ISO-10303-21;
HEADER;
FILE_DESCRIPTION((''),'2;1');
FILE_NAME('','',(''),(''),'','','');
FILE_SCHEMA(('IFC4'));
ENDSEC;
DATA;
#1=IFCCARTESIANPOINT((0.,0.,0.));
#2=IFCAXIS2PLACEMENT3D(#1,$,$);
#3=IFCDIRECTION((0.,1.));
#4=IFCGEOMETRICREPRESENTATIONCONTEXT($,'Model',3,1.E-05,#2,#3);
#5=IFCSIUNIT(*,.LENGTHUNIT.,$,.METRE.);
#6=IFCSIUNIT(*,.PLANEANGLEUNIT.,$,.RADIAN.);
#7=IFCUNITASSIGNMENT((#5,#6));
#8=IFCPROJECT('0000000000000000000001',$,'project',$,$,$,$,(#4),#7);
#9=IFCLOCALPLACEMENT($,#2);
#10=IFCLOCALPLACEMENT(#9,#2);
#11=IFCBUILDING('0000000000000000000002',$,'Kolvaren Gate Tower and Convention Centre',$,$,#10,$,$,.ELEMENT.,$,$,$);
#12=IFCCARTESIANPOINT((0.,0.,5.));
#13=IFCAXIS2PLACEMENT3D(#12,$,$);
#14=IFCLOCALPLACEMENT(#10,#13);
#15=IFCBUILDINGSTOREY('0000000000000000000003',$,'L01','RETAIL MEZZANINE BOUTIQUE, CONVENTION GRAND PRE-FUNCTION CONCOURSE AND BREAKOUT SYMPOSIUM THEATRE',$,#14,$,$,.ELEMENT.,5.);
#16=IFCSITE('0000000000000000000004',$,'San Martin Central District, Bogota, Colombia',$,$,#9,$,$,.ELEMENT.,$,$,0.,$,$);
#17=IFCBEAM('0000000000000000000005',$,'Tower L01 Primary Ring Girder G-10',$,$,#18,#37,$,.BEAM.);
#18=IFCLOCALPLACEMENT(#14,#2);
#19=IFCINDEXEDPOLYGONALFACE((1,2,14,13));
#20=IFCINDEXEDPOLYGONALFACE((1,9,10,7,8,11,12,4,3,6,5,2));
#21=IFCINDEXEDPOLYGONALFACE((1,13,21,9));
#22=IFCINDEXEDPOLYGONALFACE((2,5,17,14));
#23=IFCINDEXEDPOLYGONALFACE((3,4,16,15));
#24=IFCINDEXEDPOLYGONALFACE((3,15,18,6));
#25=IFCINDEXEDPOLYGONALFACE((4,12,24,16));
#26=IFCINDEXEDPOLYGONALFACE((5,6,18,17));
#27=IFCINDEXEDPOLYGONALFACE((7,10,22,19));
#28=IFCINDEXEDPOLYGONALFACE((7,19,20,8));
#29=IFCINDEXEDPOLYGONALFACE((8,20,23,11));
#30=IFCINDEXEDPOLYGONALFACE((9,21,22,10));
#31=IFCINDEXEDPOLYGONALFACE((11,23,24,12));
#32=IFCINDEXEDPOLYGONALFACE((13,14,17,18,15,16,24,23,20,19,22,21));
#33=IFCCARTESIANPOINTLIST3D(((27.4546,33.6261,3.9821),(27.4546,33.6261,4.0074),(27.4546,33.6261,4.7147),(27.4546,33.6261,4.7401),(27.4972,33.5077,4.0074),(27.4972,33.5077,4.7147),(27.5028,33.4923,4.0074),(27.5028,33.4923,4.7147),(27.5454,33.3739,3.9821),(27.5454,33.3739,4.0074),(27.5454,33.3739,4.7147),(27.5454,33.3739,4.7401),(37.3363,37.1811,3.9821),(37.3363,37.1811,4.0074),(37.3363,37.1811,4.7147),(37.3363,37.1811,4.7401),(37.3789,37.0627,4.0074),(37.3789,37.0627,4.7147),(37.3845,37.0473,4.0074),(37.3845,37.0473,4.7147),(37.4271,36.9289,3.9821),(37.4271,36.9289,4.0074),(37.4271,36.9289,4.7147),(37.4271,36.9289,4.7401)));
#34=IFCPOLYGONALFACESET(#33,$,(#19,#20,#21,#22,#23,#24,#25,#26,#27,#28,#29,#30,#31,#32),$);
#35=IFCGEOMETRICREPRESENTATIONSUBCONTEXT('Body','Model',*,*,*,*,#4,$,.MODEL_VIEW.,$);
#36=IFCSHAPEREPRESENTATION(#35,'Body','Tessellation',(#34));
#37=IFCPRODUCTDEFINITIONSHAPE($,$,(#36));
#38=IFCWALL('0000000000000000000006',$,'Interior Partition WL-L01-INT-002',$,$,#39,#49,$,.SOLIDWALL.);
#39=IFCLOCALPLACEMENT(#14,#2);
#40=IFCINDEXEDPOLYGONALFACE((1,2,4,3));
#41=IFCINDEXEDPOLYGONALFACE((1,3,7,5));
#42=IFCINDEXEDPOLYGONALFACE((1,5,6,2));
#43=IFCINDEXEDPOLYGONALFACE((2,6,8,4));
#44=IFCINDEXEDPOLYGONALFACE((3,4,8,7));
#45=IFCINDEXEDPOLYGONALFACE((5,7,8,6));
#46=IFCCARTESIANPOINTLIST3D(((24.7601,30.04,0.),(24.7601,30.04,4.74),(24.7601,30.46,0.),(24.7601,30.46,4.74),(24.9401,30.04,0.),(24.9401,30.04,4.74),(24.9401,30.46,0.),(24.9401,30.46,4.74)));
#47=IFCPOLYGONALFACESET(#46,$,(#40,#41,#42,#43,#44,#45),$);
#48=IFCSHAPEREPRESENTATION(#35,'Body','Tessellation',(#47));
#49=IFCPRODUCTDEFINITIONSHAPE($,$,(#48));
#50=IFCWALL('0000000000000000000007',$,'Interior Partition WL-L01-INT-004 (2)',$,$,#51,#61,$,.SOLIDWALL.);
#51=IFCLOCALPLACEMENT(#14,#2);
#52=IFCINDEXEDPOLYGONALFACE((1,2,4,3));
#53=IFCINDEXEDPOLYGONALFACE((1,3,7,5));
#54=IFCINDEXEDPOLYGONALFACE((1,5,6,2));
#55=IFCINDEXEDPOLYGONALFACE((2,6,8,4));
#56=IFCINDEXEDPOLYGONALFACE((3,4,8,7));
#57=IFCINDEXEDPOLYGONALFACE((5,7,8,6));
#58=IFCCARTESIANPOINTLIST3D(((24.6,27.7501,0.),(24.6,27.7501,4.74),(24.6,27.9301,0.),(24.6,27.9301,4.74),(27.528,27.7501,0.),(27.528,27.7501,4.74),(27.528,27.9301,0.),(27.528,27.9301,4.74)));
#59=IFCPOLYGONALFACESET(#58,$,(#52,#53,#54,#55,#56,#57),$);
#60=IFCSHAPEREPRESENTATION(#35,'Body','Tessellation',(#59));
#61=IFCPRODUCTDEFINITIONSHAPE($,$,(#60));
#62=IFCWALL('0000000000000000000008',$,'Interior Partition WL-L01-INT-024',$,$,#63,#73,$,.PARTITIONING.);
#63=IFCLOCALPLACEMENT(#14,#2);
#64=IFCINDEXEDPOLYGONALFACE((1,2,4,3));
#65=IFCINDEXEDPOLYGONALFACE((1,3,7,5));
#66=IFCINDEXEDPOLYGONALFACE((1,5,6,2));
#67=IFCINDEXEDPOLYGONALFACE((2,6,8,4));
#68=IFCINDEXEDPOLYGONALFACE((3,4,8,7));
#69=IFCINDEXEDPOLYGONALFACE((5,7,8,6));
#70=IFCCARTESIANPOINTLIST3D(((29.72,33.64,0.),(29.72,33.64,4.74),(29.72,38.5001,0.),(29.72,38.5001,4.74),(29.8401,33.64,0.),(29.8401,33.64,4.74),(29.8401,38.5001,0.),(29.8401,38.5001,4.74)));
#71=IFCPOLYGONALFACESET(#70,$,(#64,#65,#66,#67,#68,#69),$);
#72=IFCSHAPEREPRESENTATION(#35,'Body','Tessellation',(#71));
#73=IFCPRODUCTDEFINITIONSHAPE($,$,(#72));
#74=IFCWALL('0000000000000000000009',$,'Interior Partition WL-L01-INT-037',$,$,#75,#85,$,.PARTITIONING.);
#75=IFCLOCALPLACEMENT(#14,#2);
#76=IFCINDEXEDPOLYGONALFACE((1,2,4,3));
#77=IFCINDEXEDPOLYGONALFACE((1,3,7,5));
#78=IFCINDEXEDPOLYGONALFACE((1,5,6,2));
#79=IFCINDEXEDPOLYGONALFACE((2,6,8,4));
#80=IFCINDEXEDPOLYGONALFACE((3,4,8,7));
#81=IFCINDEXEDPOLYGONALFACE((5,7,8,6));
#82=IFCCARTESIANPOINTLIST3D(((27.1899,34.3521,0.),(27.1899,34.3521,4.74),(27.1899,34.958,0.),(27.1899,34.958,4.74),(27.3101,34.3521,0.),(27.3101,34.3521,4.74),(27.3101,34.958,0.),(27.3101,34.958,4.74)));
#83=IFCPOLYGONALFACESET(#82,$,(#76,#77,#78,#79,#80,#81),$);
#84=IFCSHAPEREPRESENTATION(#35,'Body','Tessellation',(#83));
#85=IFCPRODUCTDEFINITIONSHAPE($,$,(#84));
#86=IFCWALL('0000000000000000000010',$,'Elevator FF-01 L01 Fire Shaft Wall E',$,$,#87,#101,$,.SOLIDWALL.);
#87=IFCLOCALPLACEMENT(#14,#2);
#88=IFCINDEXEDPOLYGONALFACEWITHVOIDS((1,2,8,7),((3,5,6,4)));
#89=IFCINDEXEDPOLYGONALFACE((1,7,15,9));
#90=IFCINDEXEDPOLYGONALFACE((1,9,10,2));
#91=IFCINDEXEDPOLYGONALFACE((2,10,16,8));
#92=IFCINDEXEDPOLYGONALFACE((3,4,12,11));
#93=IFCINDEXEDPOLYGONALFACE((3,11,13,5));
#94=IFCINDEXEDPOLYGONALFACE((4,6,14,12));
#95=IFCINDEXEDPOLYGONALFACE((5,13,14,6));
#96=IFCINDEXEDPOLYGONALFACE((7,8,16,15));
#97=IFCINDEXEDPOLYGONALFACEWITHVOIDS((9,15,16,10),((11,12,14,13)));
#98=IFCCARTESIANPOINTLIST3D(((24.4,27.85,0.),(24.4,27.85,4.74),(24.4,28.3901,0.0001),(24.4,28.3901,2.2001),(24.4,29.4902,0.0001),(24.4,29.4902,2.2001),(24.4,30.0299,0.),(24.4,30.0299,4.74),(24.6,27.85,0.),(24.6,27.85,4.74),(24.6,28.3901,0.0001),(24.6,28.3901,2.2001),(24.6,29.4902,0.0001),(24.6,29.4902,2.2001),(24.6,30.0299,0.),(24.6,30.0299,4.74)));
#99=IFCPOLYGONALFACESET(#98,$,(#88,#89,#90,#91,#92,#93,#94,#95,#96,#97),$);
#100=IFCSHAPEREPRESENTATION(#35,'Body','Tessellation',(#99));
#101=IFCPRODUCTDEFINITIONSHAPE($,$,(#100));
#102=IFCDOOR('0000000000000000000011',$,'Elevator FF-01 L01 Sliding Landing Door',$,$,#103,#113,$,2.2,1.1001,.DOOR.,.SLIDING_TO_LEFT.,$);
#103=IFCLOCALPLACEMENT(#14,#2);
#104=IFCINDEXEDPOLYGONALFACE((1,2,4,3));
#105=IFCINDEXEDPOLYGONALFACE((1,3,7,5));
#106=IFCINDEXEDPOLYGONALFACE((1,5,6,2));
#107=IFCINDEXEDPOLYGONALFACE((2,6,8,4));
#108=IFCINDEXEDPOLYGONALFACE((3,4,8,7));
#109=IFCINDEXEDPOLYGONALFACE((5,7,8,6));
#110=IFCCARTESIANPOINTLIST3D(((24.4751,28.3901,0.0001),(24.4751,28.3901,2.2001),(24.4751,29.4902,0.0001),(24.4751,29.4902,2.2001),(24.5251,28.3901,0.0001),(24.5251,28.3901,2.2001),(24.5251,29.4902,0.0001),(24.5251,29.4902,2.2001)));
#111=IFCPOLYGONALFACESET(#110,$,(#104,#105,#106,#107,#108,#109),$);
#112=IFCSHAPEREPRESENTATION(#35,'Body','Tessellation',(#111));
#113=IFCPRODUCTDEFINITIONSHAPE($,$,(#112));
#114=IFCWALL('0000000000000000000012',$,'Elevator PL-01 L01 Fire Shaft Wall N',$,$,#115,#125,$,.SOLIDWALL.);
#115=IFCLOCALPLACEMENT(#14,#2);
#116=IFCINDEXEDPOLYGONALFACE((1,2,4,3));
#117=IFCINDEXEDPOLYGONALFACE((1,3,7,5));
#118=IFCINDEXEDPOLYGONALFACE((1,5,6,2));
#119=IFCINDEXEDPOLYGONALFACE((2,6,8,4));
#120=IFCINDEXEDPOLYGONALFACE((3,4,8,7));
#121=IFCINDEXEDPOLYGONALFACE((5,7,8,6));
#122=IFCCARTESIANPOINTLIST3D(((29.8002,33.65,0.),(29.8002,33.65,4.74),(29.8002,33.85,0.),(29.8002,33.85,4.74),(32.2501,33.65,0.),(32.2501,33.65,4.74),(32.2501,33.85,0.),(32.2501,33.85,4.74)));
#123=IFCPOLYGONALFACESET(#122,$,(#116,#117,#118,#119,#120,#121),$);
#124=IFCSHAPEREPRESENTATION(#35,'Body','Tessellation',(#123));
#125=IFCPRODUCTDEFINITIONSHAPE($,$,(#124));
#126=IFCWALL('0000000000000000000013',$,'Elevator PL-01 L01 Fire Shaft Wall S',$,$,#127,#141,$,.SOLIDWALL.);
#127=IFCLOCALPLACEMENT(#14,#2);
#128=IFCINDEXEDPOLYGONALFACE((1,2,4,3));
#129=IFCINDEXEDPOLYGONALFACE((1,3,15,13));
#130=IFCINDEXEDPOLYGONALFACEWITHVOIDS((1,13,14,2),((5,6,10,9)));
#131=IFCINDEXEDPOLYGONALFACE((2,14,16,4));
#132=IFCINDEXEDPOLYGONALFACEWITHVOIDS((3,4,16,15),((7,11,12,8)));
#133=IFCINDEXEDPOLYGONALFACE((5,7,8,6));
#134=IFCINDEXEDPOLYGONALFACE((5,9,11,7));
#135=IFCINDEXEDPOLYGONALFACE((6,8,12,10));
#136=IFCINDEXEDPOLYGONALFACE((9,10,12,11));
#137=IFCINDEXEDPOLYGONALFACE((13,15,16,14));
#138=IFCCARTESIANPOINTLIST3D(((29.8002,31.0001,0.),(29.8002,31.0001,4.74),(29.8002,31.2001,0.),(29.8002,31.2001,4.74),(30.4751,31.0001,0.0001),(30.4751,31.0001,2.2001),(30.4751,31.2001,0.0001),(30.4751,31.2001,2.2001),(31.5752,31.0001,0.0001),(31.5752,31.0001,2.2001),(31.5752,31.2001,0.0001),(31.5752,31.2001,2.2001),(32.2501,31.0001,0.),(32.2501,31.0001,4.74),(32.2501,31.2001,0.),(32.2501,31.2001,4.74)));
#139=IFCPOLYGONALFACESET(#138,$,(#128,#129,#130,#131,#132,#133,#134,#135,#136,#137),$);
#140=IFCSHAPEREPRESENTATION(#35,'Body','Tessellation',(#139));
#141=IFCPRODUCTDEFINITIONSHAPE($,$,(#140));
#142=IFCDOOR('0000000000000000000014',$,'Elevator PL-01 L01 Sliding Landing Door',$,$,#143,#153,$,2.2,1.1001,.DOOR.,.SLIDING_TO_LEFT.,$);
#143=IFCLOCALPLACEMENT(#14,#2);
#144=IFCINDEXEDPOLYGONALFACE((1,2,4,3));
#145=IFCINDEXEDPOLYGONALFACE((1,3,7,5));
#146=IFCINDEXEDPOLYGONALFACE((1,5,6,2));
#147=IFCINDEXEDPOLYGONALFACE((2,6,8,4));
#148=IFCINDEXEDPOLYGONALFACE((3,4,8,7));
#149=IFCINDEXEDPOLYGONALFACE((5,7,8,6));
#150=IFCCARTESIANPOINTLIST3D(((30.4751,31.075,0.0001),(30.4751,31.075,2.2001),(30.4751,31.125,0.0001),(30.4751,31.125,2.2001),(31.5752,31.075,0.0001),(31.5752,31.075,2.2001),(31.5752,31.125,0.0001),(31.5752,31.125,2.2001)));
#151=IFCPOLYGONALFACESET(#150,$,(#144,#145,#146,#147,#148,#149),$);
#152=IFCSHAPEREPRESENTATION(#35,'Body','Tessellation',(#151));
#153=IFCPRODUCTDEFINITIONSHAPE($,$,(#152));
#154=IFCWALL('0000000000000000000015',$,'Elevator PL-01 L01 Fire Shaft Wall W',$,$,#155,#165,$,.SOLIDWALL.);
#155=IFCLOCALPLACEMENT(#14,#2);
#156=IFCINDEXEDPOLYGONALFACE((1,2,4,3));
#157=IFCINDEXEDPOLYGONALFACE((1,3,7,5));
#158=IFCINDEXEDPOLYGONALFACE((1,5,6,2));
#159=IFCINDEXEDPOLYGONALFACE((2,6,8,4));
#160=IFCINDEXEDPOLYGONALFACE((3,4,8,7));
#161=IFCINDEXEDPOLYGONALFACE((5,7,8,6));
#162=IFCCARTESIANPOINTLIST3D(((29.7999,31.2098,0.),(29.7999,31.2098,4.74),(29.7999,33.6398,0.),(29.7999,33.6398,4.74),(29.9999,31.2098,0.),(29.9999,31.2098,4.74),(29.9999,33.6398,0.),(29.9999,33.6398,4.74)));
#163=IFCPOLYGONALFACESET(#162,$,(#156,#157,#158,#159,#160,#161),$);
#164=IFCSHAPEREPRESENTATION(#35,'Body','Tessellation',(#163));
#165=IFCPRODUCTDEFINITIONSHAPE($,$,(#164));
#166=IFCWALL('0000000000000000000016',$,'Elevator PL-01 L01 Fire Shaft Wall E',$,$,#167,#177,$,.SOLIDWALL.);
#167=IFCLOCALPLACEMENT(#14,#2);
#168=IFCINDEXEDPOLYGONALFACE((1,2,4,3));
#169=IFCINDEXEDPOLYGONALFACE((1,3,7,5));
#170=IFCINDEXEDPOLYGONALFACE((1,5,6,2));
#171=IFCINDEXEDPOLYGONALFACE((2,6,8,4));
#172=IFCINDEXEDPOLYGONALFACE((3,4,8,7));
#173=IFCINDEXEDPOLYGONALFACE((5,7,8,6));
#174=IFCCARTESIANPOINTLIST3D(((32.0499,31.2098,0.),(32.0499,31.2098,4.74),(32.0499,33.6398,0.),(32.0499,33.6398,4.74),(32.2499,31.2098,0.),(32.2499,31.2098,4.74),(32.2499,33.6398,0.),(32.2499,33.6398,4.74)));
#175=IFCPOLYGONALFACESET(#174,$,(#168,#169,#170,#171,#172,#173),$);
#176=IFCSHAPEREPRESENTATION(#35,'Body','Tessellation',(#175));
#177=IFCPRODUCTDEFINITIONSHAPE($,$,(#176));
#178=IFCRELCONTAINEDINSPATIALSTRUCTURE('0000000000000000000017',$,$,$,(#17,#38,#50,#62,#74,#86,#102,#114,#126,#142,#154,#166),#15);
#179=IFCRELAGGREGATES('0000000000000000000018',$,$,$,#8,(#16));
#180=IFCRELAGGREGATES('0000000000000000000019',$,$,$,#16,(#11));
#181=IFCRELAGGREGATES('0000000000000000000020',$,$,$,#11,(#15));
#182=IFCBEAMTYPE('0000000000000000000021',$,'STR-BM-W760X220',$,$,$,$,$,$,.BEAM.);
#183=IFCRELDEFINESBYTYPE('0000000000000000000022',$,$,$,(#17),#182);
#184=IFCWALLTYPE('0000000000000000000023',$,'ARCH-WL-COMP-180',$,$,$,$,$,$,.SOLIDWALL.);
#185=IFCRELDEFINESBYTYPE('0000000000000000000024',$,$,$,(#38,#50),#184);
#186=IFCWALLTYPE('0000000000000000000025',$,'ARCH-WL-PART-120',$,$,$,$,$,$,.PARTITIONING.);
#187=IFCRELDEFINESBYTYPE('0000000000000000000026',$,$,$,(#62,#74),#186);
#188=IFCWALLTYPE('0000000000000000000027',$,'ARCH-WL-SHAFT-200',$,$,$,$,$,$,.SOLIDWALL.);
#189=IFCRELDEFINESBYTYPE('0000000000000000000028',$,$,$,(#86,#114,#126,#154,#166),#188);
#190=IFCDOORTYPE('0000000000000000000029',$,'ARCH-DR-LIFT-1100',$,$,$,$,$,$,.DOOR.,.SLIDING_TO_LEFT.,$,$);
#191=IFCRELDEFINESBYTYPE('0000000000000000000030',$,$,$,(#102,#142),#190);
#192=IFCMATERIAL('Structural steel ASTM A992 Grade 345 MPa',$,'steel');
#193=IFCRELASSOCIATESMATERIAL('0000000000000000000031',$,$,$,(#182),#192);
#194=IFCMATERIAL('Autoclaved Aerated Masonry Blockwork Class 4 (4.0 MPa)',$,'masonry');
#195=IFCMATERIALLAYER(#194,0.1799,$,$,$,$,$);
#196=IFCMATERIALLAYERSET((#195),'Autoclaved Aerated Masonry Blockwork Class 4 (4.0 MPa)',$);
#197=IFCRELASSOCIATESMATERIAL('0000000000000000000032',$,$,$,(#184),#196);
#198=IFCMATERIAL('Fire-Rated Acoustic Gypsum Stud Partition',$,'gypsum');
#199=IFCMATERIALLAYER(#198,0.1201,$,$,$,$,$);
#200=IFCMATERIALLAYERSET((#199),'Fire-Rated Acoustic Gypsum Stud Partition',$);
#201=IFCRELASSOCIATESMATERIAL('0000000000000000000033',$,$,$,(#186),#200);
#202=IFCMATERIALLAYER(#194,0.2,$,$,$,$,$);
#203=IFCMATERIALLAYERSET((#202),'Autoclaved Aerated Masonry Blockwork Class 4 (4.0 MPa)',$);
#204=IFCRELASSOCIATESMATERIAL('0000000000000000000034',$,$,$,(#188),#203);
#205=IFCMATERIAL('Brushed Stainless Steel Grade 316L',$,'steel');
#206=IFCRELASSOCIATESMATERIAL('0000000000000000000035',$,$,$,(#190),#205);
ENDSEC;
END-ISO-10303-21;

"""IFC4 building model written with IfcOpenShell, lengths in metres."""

from ifc_helpers import new_model, si_unit, direction, frame, frame_2d, origin, origin_2d, place, context, subcontext, project, spatial, rectangle, i_section, extrude, material, layer, layer_set, material_profile, profile_set, type_object, element, fill, save


model = new_model("IFC4")

# Units and contexts
model_context = context("Model", 3, precision=1e-05, world=origin(), true_north=direction((0.0, 1.0)))
body_context = subcontext(model_context, "Body", "Model", "MODEL_VIEW")
ifc_project = project(units=[si_unit("LENGTHUNIT", "METRE"), si_unit("PLANEANGLEUNIT", "RADIAN")], contexts=[model_context])

# Site, building, storey
site_placement = place(None, origin())
site = spatial("IfcSite", under=ifc_project, at=site_placement, Name="San Martin Central District, Bogota, Colombia", CompositionType="ELEMENT", RefElevation=0.0)
building_placement = place(site_placement, origin())
building = spatial("IfcBuilding", under=site, at=building_placement, Name="Kolvaren Gate Tower and Convention Centre", CompositionType="ELEMENT")
storey_placement = place(building_placement, frame((0.0, 0.0, 5.0)))
storey = spatial("IfcBuildingStorey", under=building, at=storey_placement, Name="L01", Description="RETAIL MEZZANINE BOUTIQUE, CONVENTION GRAND PRE-FUNCTION CONCOURSE AND BREAKOUT SYMPOSIUM THEATRE", CompositionType="ELEMENT", Elevation=5.0)

# Beam
ifc_material_1 = material(Name="Structural steel ASTM A992 Grade 345 MPa", Category="steel")
ifc_material_profile = material_profile(ifc_material_1, i_section(OverallWidth=0.2681, OverallDepth=0.7581, WebThickness=0.0164, FlangeThickness=0.0254, at=origin_2d()), Name="W760X220")
ifc_profile_set = profile_set([ifc_material_profile], Name="Structural steel ASTM A992 Grade 345 MPa")
beam_type = type_object("IfcBeamType", Name="STR-BM-W760X220", PredefinedType="BEAM", material=ifc_profile_set)
beam_placement = place(storey_placement, frame((27.5, 33.5, 4.3611), z_axis=(0.940961, 0.338514, 0.0), x_axis=(-0.338514, 0.940961, 0.0)))
element("IfcBeam", 1, at=beam_placement, inside=storey, type_object=beam_type, Name="Tower L01 Primary Ring Girder G-10", PredefinedType="BEAM", context=body_context, shape_type="SweptSolid", body=[
    extrude(i_section(OverallWidth=0.2681, OverallDepth=0.7581, WebThickness=0.0164, FlangeThickness=0.0254, at=origin_2d()), origin(), (0.0, 0.0, 1.0), 10.5017),
])

# Walls
ifc_material_2 = material(Name="Autoclaved Aerated Masonry Blockwork Class 4 (4.0 MPa)", Category="masonry")
ifc_layer_1 = layer(ifc_material_2, 0.1799)
ifc_layer_set_1 = layer_set([ifc_layer_1], Name="Autoclaved Aerated Masonry Blockwork Class 4 (4.0 MPa)")
wall_type_1 = type_object("IfcWallType", Name="ARCH-WL-COMP-180", PredefinedType="SOLIDWALL", material=ifc_layer_set_1)
wall_1_placement = place(storey_placement, frame((24.8501, 30.04, 0.0), z_axis=(0.0, 0.0, 1.0), x_axis=(0.0, 1.0, 0.0)))
element("IfcWall", 2, at=wall_1_placement, inside=storey, type_object=wall_type_1, Name="Interior Partition WL-L01-INT-002", PredefinedType="SOLIDWALL", context=body_context, shape_type="SweptSolid", body=[
    extrude(rectangle(XDim=0.4199, YDim=0.1799, at=frame_2d((0.21, 0.0))), origin(), (0.0, 0.0, 1.0), 4.74),
])
wall_2_placement = place(storey_placement, frame((24.6001, 27.8401, 0.0), z_axis=(0.0, 0.0, 1.0), x_axis=(1.0, 0.0, 0.0)))
element("IfcWall", 3, at=wall_2_placement, inside=storey, type_object=wall_type_1, Name="Interior Partition WL-L01-INT-004 (2)", PredefinedType="SOLIDWALL", context=body_context, shape_type="SweptSolid", body=[
    extrude(rectangle(XDim=2.928, YDim=0.1799, at=frame_2d((1.4639, 0.0))), origin(), (0.0, 0.0, 1.0), 4.74),
])
ifc_material_3 = material(Name="Fire-Rated Acoustic Gypsum Stud Partition", Category="gypsum")
ifc_layer_2 = layer(ifc_material_3, 0.1201)
ifc_layer_set_2 = layer_set([ifc_layer_2], Name="Fire-Rated Acoustic Gypsum Stud Partition")
wall_type_2 = type_object("IfcWallType", Name="ARCH-WL-PART-120", PredefinedType="PARTITIONING", material=ifc_layer_set_2)
wall_3_placement = place(storey_placement, frame((29.78, 33.6399, 0.0), z_axis=(0.0, 0.0, 1.0), x_axis=(0.0, 1.0, 0.0)))
element("IfcWall", 4, at=wall_3_placement, inside=storey, type_object=wall_type_2, Name="Interior Partition WL-L01-INT-024", PredefinedType="PARTITIONING", context=body_context, shape_type="SweptSolid", body=[
    extrude(rectangle(XDim=4.8601, YDim=0.1201, at=frame_2d((2.4302, 0.0))), origin(), (0.0, 0.0, 1.0), 4.74),
])
wall_4_placement = place(storey_placement, frame((27.25, 34.3521, 0.0), z_axis=(0.0, 0.0, 1.0), x_axis=(0.0, 1.0, 0.0)))
element("IfcWall", 5, at=wall_4_placement, inside=storey, type_object=wall_type_2, Name="Interior Partition WL-L01-INT-037", PredefinedType="PARTITIONING", context=body_context, shape_type="SweptSolid", body=[
    extrude(rectangle(XDim=0.606, YDim=0.1201, at=frame_2d((0.303, 0.0))), origin(), (0.0, 0.0, 1.0), 4.74),
])

# Wall, opening, door
ifc_layer_3 = layer(ifc_material_2, 0.2)
ifc_layer_set_3 = layer_set([ifc_layer_3], Name="Autoclaved Aerated Masonry Blockwork Class 4 (4.0 MPa)")
wall_type_3 = type_object("IfcWallType", Name="ARCH-WL-SHAFT-200", PredefinedType="SOLIDWALL", material=ifc_layer_set_3)
wall_5_placement = place(storey_placement, frame((24.5, 27.8501, 0.0), z_axis=(0.0, 0.0, 1.0), x_axis=(0.0, 1.0, 0.0)))
wall_5 = element("IfcWall", 6, at=wall_5_placement, inside=storey, type_object=wall_type_3, Name="Elevator FF-01 L01 Fire Shaft Wall E", PredefinedType="SOLIDWALL", context=body_context, shape_type="SweptSolid", body=[
    extrude(rectangle(XDim=2.1799, YDim=0.2, at=frame_2d((1.0898, 0.0))), origin(), (0.0, 0.0, 1.0), 4.74),
])
opening_1_placement = place(wall_5_placement, frame((0.54, 0.0, 0.0)))
opening_1 = element("IfcOpeningElement", 7, at=opening_1_placement, cuts=wall_5, PredefinedType="OPENING", context=body_context, shape_type="SweptSolid", body=[
    extrude(rectangle(XDim=1.1001, YDim=2.2, at=frame_2d((0.55, 1.1001))), frame((0.0, 0.1099, 0.0), z_axis=(0.0, -1.0, 0.0), x_axis=(1.0, 0.0, 0.0)), (0.0, 0.0, 1.0), 0.22),
])
ifc_material_4 = material(Name="Brushed Stainless Steel Grade 316L", Category="steel")
door_type_1 = type_object("IfcDoorType", Name="ARCH-DR-LIFT-1100", OperationType="SLIDING_TO_LEFT", PredefinedType="DOOR", material=ifc_material_4)
door_1_placement = place(opening_1_placement, origin())
door_1 = element("IfcDoor", 8, at=door_1_placement, inside=storey, type_object=door_type_1, Name="Elevator FF-01 L01 Sliding Landing Door", OperationType="SLIDING_TO_LEFT", OverallHeight=2.2, OverallWidth=1.1001, PredefinedType="DOOR", context=body_context, shape_type="SweptSolid", body=[
    extrude(rectangle(XDim=1.1001, YDim=2.2, at=frame_2d((0.55, 1.1001))), frame((0.0, 0.0249, 0.0), z_axis=(0.0, -1.0, 0.0), x_axis=(1.0, 0.0, 0.0)), (0.0, 0.0, 1.0), 0.05),
])
fill(opening_1, door_1)

# Wall
wall_6_placement = place(storey_placement, frame((29.8, 33.75, 0.0), z_axis=(0.0, 0.0, 1.0), x_axis=(1.0, 0.0, 0.0)))
element("IfcWall", 9, at=wall_6_placement, inside=storey, type_object=wall_type_3, Name="Elevator PL-01 L01 Fire Shaft Wall N", PredefinedType="SOLIDWALL", context=body_context, shape_type="SweptSolid", body=[
    extrude(rectangle(XDim=2.45, YDim=0.2, at=frame_2d((1.2251, 0.0))), origin(), (0.0, 0.0, 1.0), 4.74),
])

# Wall, opening, door
wall_7_placement = place(storey_placement, frame((29.8, 31.1001, 0.0), z_axis=(0.0, 0.0, 1.0), x_axis=(1.0, 0.0, 0.0)))
wall_7 = element("IfcWall", 10, at=wall_7_placement, inside=storey, type_object=wall_type_3, Name="Elevator PL-01 L01 Fire Shaft Wall S", PredefinedType="SOLIDWALL", context=body_context, shape_type="SweptSolid", body=[
    extrude(rectangle(XDim=2.45, YDim=0.2, at=frame_2d((1.2251, 0.0))), origin(), (0.0, 0.0, 1.0), 4.74),
])
opening_2_placement = place(wall_7_placement, frame((0.675, 0.0, 0.0)))
opening_2 = element("IfcOpeningElement", 11, at=opening_2_placement, cuts=wall_7, PredefinedType="OPENING", context=body_context, shape_type="SweptSolid", body=[
    extrude(rectangle(XDim=1.1001, YDim=2.2, at=frame_2d((0.55, 1.1001))), frame((0.0, 0.1099, 0.0), z_axis=(0.0, -1.0, 0.0), x_axis=(1.0, 0.0, 0.0)), (0.0, 0.0, 1.0), 0.22),
])
door_2_placement = place(opening_2_placement, origin())
door_2 = element("IfcDoor", 12, at=door_2_placement, inside=storey, type_object=door_type_1, Name="Elevator PL-01 L01 Sliding Landing Door", OperationType="SLIDING_TO_LEFT", OverallHeight=2.2, OverallWidth=1.1001, PredefinedType="DOOR", context=body_context, shape_type="SweptSolid", body=[
    extrude(rectangle(XDim=1.1001, YDim=2.2, at=frame_2d((0.55, 1.1001))), frame((0.0, 0.0249, 0.0), z_axis=(0.0, -1.0, 0.0), x_axis=(1.0, 0.0, 0.0)), (0.0, 0.0, 1.0), 0.05),
])
fill(opening_2, door_2)

# Walls
for number, where, z_axis, x_axis, name in (
    (13, (29.8999, 31.21, 0.0), (0.0, 0.0, 1.0), (0.0, 1.0, 0.0), "Elevator PL-01 L01 Fire Shaft Wall W"),
    (14, (32.1499, 31.21, 0.0), (0.0, 0.0, 1.0), (0.0, 1.0, 0.0), "Elevator PL-01 L01 Fire Shaft Wall E"),
):
    element("IfcWall", number, at=place(storey_placement, frame(where, z_axis=z_axis, x_axis=x_axis)), inside=storey, type_object=wall_type_3, Name=name, PredefinedType="SOLIDWALL", context=body_context, shape_type="SweptSolid", body=[
        extrude(rectangle(XDim=2.4299, YDim=0.2, at=frame_2d((1.2148, 0.0))), origin(), (0.0, 0.0, 1.0), 4.74),
    ])

save(model, "model.ifc")
